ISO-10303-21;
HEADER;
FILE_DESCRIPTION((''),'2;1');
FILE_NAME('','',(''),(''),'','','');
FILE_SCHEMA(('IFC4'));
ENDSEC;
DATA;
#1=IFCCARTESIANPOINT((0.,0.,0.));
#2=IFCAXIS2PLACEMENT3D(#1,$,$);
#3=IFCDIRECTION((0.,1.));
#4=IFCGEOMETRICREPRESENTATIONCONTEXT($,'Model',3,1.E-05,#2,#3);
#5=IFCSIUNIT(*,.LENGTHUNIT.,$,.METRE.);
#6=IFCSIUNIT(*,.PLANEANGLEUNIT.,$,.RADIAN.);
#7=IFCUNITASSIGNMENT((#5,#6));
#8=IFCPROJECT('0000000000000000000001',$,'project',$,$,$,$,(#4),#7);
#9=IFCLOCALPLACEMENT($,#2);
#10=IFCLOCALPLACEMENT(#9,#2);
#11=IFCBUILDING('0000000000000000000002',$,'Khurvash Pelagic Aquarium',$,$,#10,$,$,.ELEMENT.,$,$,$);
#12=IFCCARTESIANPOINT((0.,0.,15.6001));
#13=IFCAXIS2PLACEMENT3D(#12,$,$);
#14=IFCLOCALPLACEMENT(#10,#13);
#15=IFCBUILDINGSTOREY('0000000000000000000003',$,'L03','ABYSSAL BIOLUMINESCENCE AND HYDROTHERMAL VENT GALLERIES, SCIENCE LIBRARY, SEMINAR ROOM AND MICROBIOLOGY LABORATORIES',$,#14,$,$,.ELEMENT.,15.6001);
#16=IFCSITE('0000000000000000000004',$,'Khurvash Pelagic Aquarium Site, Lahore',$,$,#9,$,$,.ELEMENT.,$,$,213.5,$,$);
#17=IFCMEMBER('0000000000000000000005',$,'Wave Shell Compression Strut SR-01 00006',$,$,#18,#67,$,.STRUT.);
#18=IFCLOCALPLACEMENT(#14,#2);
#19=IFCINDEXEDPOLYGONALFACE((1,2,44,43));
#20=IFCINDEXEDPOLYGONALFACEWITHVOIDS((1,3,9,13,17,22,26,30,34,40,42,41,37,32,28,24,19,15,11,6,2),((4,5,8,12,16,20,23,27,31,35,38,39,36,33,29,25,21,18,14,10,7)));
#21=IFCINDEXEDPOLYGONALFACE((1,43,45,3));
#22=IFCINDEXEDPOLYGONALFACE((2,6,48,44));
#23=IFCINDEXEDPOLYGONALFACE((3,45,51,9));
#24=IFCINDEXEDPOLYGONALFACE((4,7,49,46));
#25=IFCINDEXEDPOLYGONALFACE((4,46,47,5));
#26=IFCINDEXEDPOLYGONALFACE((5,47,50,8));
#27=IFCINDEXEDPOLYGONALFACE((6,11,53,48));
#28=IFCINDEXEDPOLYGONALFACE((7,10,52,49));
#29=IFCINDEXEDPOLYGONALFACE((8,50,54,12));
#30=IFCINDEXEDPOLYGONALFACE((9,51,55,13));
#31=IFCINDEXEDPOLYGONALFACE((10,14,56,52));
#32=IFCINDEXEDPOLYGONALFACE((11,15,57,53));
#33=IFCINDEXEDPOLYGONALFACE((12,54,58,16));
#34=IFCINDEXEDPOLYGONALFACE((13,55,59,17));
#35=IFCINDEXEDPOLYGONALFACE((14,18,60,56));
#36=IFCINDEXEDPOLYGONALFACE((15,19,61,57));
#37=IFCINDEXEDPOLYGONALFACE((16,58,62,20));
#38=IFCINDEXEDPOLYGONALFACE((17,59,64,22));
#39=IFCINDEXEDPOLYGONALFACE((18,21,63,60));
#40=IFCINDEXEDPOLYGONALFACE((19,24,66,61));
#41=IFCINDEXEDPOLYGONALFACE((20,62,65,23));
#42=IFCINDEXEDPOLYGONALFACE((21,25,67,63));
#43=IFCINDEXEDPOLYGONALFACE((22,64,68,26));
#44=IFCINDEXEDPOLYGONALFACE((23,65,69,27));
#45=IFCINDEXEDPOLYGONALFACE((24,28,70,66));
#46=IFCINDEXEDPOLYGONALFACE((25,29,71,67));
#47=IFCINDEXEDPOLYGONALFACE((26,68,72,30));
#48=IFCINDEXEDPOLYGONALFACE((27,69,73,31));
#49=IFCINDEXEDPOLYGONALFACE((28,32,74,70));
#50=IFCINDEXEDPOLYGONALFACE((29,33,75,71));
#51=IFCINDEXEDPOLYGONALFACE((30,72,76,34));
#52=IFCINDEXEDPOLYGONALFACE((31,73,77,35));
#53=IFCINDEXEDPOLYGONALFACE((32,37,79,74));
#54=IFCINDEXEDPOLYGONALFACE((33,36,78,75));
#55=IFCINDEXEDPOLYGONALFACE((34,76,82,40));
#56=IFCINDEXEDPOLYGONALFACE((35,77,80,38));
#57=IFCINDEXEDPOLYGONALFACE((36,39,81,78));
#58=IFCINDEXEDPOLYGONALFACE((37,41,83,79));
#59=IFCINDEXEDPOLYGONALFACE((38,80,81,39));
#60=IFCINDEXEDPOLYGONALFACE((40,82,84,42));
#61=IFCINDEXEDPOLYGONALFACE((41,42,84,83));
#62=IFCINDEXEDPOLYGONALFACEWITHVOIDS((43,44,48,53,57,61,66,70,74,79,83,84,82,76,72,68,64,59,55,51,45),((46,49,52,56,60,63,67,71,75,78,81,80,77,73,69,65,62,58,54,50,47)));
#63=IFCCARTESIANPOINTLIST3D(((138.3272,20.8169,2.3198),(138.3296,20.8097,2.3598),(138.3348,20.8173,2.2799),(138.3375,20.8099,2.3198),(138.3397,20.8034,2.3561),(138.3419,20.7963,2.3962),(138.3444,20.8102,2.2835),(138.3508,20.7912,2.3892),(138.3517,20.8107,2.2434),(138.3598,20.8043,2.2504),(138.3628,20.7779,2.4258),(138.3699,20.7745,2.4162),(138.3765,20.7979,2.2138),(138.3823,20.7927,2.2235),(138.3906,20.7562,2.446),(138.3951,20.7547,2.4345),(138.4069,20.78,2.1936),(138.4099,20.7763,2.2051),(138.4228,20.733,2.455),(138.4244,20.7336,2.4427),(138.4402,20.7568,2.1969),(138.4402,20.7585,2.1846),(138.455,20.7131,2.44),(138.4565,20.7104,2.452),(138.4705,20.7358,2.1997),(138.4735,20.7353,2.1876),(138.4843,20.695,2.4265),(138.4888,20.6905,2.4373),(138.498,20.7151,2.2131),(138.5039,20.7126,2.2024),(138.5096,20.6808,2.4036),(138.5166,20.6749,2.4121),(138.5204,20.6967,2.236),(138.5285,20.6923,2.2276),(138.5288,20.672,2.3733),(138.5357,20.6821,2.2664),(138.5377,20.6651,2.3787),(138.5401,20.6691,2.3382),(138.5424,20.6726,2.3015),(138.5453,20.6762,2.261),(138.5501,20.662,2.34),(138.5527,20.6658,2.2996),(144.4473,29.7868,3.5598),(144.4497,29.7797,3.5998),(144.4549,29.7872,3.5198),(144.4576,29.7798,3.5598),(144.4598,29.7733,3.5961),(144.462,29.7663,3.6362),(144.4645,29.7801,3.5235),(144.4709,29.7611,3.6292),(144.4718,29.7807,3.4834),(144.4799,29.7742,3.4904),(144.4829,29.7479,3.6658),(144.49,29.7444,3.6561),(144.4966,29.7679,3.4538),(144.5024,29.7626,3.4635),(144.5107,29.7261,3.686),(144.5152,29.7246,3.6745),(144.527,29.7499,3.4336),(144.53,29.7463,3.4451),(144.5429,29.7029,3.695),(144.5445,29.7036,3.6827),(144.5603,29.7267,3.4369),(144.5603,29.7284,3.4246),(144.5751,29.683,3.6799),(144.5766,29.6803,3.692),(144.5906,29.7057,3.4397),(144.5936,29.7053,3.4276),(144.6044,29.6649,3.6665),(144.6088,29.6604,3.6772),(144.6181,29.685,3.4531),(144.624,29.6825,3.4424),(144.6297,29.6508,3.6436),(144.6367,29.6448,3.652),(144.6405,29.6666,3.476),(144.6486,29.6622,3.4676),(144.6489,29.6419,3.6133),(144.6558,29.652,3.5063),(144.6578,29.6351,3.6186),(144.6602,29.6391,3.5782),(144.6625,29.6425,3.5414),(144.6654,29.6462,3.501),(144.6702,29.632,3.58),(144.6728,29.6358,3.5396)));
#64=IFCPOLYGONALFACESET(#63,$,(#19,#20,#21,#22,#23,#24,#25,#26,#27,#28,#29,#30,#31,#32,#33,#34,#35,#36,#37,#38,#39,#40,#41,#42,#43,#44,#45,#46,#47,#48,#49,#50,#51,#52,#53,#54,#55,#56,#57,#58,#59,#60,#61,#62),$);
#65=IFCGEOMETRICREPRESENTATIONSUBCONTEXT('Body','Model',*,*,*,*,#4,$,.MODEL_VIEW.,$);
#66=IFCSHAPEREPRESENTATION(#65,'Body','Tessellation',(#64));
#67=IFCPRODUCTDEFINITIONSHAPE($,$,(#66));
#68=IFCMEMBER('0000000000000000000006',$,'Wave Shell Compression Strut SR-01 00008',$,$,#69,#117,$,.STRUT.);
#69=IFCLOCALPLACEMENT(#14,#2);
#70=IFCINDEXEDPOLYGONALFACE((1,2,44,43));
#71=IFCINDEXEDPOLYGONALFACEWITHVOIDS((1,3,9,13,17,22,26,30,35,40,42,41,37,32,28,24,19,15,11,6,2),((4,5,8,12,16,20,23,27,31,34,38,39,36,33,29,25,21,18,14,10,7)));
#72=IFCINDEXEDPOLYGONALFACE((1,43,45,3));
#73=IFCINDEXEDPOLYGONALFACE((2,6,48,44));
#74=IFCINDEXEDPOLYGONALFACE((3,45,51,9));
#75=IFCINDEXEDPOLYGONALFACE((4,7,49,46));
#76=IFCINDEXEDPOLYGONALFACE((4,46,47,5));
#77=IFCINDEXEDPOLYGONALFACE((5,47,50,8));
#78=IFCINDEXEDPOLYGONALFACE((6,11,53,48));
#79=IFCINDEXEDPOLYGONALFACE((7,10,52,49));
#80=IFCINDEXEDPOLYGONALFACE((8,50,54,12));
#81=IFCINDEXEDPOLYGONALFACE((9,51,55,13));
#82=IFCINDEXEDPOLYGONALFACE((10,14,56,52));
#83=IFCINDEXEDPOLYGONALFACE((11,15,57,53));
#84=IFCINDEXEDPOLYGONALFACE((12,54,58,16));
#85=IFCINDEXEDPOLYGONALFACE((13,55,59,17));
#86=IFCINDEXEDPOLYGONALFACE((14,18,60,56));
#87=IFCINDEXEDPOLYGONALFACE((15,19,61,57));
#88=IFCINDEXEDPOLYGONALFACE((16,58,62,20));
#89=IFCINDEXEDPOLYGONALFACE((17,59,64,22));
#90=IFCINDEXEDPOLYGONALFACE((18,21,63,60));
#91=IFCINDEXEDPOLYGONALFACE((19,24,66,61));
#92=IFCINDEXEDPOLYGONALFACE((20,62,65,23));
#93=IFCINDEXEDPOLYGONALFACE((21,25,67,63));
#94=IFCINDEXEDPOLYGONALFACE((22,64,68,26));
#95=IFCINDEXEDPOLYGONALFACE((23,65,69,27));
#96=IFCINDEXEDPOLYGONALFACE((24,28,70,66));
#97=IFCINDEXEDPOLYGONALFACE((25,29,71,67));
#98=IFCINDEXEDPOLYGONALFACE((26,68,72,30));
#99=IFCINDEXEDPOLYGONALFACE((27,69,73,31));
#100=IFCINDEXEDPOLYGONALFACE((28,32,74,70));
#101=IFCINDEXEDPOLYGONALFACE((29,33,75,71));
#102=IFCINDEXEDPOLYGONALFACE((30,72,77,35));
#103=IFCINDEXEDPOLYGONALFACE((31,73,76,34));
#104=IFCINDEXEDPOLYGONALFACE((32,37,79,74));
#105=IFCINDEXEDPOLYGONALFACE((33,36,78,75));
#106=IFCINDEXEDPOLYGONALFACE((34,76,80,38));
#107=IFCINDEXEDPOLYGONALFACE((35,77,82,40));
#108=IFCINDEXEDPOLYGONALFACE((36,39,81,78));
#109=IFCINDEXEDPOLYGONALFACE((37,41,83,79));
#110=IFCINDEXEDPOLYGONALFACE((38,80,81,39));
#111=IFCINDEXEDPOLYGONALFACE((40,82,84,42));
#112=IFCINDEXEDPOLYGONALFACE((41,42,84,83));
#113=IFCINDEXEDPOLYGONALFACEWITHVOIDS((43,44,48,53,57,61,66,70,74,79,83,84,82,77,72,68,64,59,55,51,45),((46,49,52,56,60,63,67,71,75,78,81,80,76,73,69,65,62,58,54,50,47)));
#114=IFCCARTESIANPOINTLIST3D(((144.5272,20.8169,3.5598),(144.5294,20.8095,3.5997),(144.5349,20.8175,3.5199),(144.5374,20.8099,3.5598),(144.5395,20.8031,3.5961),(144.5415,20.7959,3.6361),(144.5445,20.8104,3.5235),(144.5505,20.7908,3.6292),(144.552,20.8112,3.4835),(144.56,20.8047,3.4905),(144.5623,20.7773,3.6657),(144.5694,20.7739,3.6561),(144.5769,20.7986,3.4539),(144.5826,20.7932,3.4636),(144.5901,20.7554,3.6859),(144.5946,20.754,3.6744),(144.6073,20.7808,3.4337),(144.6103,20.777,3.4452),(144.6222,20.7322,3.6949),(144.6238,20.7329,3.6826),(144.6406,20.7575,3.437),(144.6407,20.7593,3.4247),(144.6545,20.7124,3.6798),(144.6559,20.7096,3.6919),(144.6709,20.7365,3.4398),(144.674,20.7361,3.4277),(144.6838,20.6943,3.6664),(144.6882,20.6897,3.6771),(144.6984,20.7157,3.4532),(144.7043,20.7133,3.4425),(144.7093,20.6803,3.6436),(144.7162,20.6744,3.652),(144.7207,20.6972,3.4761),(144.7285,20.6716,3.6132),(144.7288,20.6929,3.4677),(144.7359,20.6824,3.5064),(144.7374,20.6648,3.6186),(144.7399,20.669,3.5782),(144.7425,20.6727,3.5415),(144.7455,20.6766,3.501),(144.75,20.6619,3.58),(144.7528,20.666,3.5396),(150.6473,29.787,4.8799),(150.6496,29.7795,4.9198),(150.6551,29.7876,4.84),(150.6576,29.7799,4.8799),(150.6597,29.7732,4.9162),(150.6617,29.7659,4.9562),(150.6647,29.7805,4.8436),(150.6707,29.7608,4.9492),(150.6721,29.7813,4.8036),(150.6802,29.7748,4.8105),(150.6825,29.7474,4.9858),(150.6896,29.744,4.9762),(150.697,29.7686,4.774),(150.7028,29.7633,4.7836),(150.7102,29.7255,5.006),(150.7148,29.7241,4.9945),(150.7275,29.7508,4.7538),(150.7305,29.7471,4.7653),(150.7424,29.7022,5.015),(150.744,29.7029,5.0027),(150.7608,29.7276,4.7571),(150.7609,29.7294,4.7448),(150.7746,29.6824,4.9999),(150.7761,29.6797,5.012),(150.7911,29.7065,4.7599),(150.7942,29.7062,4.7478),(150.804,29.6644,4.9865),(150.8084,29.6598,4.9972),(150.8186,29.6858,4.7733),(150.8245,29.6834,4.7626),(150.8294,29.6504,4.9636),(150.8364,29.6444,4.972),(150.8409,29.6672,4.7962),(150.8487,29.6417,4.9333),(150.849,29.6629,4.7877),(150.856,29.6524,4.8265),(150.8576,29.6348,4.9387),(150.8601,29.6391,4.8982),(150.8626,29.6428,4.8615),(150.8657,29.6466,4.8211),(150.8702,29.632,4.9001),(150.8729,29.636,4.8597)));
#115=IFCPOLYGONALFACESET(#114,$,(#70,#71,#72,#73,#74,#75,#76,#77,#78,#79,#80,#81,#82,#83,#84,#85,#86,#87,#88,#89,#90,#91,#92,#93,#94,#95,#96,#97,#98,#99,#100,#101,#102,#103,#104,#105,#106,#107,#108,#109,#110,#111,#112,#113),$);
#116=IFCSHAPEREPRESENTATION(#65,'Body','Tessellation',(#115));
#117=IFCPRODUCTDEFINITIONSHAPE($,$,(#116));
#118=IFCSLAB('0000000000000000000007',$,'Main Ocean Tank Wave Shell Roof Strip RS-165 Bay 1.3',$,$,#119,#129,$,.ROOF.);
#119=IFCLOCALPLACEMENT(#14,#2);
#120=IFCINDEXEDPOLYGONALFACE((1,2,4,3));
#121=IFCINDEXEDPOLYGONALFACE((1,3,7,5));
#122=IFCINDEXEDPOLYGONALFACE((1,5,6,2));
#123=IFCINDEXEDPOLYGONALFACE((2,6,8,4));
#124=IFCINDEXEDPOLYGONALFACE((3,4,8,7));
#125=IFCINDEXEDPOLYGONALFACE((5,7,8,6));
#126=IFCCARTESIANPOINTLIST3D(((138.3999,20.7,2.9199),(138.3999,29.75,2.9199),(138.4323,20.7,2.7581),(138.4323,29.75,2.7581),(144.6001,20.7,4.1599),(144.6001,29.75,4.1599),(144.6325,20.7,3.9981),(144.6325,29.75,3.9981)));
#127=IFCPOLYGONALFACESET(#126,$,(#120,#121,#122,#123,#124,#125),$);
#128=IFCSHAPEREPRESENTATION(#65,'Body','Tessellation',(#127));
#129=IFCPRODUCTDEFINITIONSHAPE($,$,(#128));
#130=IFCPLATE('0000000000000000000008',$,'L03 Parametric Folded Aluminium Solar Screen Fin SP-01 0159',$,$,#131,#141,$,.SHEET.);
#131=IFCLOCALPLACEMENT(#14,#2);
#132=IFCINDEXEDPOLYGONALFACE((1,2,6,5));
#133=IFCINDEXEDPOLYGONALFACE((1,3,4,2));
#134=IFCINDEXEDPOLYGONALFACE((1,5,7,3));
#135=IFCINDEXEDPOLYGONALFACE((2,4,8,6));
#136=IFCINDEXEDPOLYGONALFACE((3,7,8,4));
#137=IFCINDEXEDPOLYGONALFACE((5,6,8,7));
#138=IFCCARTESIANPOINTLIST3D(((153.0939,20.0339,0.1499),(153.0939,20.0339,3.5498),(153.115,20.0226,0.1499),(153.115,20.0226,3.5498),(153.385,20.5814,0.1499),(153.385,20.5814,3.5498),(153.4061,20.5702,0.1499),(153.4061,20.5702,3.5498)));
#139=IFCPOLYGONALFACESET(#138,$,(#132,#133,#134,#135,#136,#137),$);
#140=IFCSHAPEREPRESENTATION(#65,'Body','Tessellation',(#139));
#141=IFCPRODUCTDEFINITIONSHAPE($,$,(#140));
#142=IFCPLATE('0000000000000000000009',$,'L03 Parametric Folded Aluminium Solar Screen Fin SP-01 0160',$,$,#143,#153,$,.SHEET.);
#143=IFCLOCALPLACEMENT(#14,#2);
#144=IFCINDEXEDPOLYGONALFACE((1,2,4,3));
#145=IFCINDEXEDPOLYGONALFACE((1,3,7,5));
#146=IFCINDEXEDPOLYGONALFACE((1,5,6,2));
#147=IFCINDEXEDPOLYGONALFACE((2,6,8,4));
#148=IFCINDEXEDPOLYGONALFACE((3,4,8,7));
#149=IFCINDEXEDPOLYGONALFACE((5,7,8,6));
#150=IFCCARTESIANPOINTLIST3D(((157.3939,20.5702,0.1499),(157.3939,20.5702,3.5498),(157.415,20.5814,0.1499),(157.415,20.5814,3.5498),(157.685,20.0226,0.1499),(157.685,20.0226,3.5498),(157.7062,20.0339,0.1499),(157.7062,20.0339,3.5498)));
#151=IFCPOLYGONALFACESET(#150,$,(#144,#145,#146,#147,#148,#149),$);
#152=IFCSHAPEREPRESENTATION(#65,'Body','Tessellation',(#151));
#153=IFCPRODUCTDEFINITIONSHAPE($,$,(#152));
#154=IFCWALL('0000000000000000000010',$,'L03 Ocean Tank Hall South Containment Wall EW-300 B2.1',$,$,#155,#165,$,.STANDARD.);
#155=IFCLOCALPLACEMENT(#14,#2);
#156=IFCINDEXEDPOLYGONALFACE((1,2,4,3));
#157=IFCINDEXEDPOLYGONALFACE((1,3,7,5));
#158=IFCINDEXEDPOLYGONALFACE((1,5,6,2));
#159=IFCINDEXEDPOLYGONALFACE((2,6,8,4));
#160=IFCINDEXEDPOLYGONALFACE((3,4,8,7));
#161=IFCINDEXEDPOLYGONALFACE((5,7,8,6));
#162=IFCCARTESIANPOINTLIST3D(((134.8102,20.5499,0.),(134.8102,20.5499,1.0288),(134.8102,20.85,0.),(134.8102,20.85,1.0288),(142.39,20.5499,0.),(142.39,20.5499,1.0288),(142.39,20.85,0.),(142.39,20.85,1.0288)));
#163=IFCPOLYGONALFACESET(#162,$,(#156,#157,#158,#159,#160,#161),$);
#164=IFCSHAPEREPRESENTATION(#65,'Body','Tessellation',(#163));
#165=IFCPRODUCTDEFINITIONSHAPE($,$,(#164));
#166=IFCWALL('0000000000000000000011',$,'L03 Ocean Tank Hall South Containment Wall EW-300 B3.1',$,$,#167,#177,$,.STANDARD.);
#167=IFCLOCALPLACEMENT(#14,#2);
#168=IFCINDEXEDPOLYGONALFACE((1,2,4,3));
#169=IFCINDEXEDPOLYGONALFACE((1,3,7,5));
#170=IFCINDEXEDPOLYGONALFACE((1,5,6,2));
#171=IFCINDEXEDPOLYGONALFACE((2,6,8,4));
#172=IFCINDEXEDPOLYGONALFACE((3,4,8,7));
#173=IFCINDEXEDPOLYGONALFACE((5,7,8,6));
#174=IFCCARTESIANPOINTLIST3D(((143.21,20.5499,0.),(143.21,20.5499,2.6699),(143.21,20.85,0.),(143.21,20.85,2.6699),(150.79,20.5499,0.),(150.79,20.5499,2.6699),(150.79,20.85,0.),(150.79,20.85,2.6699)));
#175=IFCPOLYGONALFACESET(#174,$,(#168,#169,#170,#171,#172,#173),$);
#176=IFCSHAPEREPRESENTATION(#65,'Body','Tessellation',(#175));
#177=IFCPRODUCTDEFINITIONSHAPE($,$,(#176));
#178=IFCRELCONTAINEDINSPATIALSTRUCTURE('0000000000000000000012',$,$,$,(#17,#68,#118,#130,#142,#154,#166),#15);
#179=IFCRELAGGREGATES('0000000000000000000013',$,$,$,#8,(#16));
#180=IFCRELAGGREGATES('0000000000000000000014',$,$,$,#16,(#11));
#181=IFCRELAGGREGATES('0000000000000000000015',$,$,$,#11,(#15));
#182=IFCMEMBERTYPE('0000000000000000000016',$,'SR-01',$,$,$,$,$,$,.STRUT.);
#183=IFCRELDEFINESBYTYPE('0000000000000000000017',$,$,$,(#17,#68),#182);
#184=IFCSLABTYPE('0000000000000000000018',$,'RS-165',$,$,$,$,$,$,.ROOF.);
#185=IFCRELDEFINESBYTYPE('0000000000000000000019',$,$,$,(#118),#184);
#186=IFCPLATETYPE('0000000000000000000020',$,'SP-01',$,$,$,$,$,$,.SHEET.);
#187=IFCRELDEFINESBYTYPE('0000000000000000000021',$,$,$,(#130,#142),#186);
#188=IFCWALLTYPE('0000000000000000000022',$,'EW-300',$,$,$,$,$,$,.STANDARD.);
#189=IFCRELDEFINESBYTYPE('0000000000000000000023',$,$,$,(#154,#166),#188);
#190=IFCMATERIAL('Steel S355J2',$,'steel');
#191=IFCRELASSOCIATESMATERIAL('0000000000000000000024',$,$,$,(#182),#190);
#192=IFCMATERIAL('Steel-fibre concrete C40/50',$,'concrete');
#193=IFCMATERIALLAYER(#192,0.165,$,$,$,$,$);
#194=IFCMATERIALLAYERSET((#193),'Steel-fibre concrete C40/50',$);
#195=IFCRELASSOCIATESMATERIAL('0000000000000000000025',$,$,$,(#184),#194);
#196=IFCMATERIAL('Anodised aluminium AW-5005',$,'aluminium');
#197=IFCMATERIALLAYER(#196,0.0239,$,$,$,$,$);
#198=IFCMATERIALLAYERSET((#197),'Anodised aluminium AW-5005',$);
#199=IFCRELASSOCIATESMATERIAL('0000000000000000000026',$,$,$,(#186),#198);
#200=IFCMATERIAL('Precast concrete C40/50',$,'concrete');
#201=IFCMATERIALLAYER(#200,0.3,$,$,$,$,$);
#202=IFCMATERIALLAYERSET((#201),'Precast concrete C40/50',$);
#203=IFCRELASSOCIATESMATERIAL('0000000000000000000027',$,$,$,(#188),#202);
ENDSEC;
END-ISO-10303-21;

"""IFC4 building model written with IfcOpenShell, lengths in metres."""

from ifc_helpers import new_model, si_unit, direction, frame, frame_2d, origin, origin_2d, place, context, subcontext, project, spatial, polyline, rectangle, hollow_circle, outline, extrude, material, layer, layer_set, material_profile, profile_set, type_object, element, save


model = new_model("IFC4")

# Units and contexts
model_context = context("Model", 3, precision=1e-05, world=origin(), true_north=direction((0.0, 1.0)))
body_context = subcontext(model_context, "Body", "Model", "MODEL_VIEW")
ifc_project = project(units=[si_unit("LENGTHUNIT", "METRE"), si_unit("PLANEANGLEUNIT", "RADIAN")], contexts=[model_context])

# Site, building, storey
site_placement = place(None, origin())
site = spatial("IfcSite", under=ifc_project, at=site_placement, Name="Khurvash Pelagic Aquarium Site, Lahore", CompositionType="ELEMENT", RefElevation=213.5)
building_placement = place(site_placement, origin())
building = spatial("IfcBuilding", under=site, at=building_placement, Name="Khurvash Pelagic Aquarium", CompositionType="ELEMENT")
storey_placement = place(building_placement, frame((0.0, 0.0, 15.6001)))
storey = spatial("IfcBuildingStorey", under=building, at=storey_placement, Name="L03", Description="ABYSSAL BIOLUMINESCENCE AND HYDROTHERMAL VENT GALLERIES, SCIENCE LIBRARY, SEMINAR ROOM AND MICROBIOLOGY LABORATORIES", CompositionType="ELEMENT", Elevation=15.6001)

# Shared definitions
ifc_material_1 = material(Name="Steel S355J2", Category="steel")

# Members
ifc_material_profile_1 = material_profile(ifc_material_1, hollow_circle(Radius=0.1365, WallThickness=0.0125, at=origin_2d()), Name="CHS273X12")
ifc_profile_set_1 = profile_set([ifc_material_profile_1], Name="Steel S355J2")
member_type_1 = type_object("IfcMemberType", Name="SR-01", PredefinedType="STRUT", material=ifc_profile_set_1)
member_1_placement = place(storey_placement, frame((138.4399, 20.74, 2.3198), z_axis=(0.559964, 0.820713, 0.113454), x_axis=(-0.826046, 0.563603, 0.0)))
element("IfcMember", 1, at=member_1_placement, inside=storey, type_object=member_type_1, Name="Wave Shell Compression Strut SR-01 00006", PredefinedType="STRUT", context=body_context, shape_type="SweptSolid", body=[
    extrude(hollow_circle(Radius=0.1365, WallThickness=0.0125, at=origin_2d()), origin(), (0.0, 0.0, 1.0), 10.9294),
])
member_2_placement = place(storey_placement, frame((144.6399, 20.74, 3.5598), z_axis=(0.559484, 0.820009, 0.120677), x_axis=(-0.826046, 0.563603, 0.0)))
element("IfcMember", 2, at=member_2_placement, inside=storey, type_object=member_type_1, Name="Wave Shell Compression Strut SR-01 00008", PredefinedType="STRUT", context=body_context, shape_type="SweptSolid", body=[
    extrude(hollow_circle(Radius=0.1365, WallThickness=0.0125, at=origin_2d()), origin(), (0.0, 0.0, 1.0), 10.939),
])

# Slab
ifc_material_2 = material(Name="Steel-fibre concrete C40/50", Category="concrete")
ifc_layer_1 = layer(ifc_material_2, 0.165)
ifc_layer_set_1 = layer_set([ifc_layer_1], Name="Steel-fibre concrete C40/50")
slab_type = type_object("IfcSlabType", Name="RS-165", PredefinedType="ROOF", material=ifc_layer_set_1)
slab_placement = place(storey_placement, frame((138.3999, 20.7, 2.9199), z_axis=(-0.196109, 0.0, 0.980582), x_axis=(0.980582, 0.0, 0.196109)))
element("IfcSlab", 3, at=slab_placement, inside=storey, type_object=slab_type, Name="Main Ocean Tank Wave Shell Roof Strip RS-165 Bay 1.3", PredefinedType="ROOF", context=body_context, shape_type="SweptSolid", body=[
    extrude(outline(polyline([(0.0, 0.0), (6.323, 0.0), (6.323, 9.05), (0.0, 9.05), (0.0, 0.0)])), origin(), (0.0, 0.0, -1.0), 0.165),
])

# Plates
ifc_material_3 = material(Name="Anodised aluminium AW-5005", Category="aluminium")
ifc_layer_2 = layer(ifc_material_3, 0.0239)
ifc_layer_set_2 = layer_set([ifc_layer_2], Name="Anodised aluminium AW-5005")
plate_type = type_object("IfcPlateType", Name="SP-01", PredefinedType="SHEET", material=ifc_layer_set_2)
for number, where, z_axis, x_axis, name in (
    (4, (153.25, 20.302, 0.1499), (0.0, 0.0, 1.0), (-0.469472, -0.882948, 0.0), "L03 Parametric Folded Aluminium Solar Screen Fin SP-01 0159"),
    (5, (157.55, 20.302, 0.1499), (0.0, 0.0, 1.0), (0.469472, -0.882948, 0.0), "L03 Parametric Folded Aluminium Solar Screen Fin SP-01 0160"),
):
    element("IfcPlate", number, at=place(storey_placement, frame(where, z_axis=z_axis, x_axis=x_axis)), inside=storey, type_object=plate_type, Name=name, PredefinedType="SHEET", context=body_context, shape_type="SweptSolid", body=[
        extrude(rectangle(XDim=0.6201, YDim=0.0239, at=origin_2d()), origin(), (0.0, 0.0, 1.0), 3.3999),
    ])

# Walls
ifc_material_4 = material(Name="Precast concrete C40/50", Category="concrete")
ifc_layer_3 = layer(ifc_material_4, 0.3)
ifc_layer_set_3 = layer_set([ifc_layer_3], Name="Precast concrete C40/50")
wall_type = type_object("IfcWallType", Name="EW-300", PredefinedType="STANDARD", material=ifc_layer_set_3)
wall_1_placement = place(storey_placement, frame((134.8101, 20.7, 0.0), z_axis=(0.0, 0.0, 1.0), x_axis=(1.0, 0.0, 0.0)))
element("IfcWall", 6, at=wall_1_placement, inside=storey, type_object=wall_type, Name="L03 Ocean Tank Hall South Containment Wall EW-300 B2.1", PredefinedType="STANDARD", context=body_context, shape_type="SweptSolid", body=[
    extrude(rectangle(XDim=7.5798, YDim=0.3, at=frame_2d((3.79, 0.0))), origin(), (0.0, 0.0, 1.0), 1.0288),
])
wall_2_placement = place(storey_placement, frame((143.21, 20.7, 0.0), z_axis=(0.0, 0.0, 1.0), x_axis=(1.0, 0.0, 0.0)))
element("IfcWall", 7, at=wall_2_placement, inside=storey, type_object=wall_type, Name="L03 Ocean Tank Hall South Containment Wall EW-300 B3.1", PredefinedType="STANDARD", context=body_context, shape_type="SweptSolid", body=[
    extrude(rectangle(XDim=7.5801, YDim=0.3, at=frame_2d((3.79, 0.0))), origin(), (0.0, 0.0, 1.0), 2.6699),
])

save(model, "model.ifc")
